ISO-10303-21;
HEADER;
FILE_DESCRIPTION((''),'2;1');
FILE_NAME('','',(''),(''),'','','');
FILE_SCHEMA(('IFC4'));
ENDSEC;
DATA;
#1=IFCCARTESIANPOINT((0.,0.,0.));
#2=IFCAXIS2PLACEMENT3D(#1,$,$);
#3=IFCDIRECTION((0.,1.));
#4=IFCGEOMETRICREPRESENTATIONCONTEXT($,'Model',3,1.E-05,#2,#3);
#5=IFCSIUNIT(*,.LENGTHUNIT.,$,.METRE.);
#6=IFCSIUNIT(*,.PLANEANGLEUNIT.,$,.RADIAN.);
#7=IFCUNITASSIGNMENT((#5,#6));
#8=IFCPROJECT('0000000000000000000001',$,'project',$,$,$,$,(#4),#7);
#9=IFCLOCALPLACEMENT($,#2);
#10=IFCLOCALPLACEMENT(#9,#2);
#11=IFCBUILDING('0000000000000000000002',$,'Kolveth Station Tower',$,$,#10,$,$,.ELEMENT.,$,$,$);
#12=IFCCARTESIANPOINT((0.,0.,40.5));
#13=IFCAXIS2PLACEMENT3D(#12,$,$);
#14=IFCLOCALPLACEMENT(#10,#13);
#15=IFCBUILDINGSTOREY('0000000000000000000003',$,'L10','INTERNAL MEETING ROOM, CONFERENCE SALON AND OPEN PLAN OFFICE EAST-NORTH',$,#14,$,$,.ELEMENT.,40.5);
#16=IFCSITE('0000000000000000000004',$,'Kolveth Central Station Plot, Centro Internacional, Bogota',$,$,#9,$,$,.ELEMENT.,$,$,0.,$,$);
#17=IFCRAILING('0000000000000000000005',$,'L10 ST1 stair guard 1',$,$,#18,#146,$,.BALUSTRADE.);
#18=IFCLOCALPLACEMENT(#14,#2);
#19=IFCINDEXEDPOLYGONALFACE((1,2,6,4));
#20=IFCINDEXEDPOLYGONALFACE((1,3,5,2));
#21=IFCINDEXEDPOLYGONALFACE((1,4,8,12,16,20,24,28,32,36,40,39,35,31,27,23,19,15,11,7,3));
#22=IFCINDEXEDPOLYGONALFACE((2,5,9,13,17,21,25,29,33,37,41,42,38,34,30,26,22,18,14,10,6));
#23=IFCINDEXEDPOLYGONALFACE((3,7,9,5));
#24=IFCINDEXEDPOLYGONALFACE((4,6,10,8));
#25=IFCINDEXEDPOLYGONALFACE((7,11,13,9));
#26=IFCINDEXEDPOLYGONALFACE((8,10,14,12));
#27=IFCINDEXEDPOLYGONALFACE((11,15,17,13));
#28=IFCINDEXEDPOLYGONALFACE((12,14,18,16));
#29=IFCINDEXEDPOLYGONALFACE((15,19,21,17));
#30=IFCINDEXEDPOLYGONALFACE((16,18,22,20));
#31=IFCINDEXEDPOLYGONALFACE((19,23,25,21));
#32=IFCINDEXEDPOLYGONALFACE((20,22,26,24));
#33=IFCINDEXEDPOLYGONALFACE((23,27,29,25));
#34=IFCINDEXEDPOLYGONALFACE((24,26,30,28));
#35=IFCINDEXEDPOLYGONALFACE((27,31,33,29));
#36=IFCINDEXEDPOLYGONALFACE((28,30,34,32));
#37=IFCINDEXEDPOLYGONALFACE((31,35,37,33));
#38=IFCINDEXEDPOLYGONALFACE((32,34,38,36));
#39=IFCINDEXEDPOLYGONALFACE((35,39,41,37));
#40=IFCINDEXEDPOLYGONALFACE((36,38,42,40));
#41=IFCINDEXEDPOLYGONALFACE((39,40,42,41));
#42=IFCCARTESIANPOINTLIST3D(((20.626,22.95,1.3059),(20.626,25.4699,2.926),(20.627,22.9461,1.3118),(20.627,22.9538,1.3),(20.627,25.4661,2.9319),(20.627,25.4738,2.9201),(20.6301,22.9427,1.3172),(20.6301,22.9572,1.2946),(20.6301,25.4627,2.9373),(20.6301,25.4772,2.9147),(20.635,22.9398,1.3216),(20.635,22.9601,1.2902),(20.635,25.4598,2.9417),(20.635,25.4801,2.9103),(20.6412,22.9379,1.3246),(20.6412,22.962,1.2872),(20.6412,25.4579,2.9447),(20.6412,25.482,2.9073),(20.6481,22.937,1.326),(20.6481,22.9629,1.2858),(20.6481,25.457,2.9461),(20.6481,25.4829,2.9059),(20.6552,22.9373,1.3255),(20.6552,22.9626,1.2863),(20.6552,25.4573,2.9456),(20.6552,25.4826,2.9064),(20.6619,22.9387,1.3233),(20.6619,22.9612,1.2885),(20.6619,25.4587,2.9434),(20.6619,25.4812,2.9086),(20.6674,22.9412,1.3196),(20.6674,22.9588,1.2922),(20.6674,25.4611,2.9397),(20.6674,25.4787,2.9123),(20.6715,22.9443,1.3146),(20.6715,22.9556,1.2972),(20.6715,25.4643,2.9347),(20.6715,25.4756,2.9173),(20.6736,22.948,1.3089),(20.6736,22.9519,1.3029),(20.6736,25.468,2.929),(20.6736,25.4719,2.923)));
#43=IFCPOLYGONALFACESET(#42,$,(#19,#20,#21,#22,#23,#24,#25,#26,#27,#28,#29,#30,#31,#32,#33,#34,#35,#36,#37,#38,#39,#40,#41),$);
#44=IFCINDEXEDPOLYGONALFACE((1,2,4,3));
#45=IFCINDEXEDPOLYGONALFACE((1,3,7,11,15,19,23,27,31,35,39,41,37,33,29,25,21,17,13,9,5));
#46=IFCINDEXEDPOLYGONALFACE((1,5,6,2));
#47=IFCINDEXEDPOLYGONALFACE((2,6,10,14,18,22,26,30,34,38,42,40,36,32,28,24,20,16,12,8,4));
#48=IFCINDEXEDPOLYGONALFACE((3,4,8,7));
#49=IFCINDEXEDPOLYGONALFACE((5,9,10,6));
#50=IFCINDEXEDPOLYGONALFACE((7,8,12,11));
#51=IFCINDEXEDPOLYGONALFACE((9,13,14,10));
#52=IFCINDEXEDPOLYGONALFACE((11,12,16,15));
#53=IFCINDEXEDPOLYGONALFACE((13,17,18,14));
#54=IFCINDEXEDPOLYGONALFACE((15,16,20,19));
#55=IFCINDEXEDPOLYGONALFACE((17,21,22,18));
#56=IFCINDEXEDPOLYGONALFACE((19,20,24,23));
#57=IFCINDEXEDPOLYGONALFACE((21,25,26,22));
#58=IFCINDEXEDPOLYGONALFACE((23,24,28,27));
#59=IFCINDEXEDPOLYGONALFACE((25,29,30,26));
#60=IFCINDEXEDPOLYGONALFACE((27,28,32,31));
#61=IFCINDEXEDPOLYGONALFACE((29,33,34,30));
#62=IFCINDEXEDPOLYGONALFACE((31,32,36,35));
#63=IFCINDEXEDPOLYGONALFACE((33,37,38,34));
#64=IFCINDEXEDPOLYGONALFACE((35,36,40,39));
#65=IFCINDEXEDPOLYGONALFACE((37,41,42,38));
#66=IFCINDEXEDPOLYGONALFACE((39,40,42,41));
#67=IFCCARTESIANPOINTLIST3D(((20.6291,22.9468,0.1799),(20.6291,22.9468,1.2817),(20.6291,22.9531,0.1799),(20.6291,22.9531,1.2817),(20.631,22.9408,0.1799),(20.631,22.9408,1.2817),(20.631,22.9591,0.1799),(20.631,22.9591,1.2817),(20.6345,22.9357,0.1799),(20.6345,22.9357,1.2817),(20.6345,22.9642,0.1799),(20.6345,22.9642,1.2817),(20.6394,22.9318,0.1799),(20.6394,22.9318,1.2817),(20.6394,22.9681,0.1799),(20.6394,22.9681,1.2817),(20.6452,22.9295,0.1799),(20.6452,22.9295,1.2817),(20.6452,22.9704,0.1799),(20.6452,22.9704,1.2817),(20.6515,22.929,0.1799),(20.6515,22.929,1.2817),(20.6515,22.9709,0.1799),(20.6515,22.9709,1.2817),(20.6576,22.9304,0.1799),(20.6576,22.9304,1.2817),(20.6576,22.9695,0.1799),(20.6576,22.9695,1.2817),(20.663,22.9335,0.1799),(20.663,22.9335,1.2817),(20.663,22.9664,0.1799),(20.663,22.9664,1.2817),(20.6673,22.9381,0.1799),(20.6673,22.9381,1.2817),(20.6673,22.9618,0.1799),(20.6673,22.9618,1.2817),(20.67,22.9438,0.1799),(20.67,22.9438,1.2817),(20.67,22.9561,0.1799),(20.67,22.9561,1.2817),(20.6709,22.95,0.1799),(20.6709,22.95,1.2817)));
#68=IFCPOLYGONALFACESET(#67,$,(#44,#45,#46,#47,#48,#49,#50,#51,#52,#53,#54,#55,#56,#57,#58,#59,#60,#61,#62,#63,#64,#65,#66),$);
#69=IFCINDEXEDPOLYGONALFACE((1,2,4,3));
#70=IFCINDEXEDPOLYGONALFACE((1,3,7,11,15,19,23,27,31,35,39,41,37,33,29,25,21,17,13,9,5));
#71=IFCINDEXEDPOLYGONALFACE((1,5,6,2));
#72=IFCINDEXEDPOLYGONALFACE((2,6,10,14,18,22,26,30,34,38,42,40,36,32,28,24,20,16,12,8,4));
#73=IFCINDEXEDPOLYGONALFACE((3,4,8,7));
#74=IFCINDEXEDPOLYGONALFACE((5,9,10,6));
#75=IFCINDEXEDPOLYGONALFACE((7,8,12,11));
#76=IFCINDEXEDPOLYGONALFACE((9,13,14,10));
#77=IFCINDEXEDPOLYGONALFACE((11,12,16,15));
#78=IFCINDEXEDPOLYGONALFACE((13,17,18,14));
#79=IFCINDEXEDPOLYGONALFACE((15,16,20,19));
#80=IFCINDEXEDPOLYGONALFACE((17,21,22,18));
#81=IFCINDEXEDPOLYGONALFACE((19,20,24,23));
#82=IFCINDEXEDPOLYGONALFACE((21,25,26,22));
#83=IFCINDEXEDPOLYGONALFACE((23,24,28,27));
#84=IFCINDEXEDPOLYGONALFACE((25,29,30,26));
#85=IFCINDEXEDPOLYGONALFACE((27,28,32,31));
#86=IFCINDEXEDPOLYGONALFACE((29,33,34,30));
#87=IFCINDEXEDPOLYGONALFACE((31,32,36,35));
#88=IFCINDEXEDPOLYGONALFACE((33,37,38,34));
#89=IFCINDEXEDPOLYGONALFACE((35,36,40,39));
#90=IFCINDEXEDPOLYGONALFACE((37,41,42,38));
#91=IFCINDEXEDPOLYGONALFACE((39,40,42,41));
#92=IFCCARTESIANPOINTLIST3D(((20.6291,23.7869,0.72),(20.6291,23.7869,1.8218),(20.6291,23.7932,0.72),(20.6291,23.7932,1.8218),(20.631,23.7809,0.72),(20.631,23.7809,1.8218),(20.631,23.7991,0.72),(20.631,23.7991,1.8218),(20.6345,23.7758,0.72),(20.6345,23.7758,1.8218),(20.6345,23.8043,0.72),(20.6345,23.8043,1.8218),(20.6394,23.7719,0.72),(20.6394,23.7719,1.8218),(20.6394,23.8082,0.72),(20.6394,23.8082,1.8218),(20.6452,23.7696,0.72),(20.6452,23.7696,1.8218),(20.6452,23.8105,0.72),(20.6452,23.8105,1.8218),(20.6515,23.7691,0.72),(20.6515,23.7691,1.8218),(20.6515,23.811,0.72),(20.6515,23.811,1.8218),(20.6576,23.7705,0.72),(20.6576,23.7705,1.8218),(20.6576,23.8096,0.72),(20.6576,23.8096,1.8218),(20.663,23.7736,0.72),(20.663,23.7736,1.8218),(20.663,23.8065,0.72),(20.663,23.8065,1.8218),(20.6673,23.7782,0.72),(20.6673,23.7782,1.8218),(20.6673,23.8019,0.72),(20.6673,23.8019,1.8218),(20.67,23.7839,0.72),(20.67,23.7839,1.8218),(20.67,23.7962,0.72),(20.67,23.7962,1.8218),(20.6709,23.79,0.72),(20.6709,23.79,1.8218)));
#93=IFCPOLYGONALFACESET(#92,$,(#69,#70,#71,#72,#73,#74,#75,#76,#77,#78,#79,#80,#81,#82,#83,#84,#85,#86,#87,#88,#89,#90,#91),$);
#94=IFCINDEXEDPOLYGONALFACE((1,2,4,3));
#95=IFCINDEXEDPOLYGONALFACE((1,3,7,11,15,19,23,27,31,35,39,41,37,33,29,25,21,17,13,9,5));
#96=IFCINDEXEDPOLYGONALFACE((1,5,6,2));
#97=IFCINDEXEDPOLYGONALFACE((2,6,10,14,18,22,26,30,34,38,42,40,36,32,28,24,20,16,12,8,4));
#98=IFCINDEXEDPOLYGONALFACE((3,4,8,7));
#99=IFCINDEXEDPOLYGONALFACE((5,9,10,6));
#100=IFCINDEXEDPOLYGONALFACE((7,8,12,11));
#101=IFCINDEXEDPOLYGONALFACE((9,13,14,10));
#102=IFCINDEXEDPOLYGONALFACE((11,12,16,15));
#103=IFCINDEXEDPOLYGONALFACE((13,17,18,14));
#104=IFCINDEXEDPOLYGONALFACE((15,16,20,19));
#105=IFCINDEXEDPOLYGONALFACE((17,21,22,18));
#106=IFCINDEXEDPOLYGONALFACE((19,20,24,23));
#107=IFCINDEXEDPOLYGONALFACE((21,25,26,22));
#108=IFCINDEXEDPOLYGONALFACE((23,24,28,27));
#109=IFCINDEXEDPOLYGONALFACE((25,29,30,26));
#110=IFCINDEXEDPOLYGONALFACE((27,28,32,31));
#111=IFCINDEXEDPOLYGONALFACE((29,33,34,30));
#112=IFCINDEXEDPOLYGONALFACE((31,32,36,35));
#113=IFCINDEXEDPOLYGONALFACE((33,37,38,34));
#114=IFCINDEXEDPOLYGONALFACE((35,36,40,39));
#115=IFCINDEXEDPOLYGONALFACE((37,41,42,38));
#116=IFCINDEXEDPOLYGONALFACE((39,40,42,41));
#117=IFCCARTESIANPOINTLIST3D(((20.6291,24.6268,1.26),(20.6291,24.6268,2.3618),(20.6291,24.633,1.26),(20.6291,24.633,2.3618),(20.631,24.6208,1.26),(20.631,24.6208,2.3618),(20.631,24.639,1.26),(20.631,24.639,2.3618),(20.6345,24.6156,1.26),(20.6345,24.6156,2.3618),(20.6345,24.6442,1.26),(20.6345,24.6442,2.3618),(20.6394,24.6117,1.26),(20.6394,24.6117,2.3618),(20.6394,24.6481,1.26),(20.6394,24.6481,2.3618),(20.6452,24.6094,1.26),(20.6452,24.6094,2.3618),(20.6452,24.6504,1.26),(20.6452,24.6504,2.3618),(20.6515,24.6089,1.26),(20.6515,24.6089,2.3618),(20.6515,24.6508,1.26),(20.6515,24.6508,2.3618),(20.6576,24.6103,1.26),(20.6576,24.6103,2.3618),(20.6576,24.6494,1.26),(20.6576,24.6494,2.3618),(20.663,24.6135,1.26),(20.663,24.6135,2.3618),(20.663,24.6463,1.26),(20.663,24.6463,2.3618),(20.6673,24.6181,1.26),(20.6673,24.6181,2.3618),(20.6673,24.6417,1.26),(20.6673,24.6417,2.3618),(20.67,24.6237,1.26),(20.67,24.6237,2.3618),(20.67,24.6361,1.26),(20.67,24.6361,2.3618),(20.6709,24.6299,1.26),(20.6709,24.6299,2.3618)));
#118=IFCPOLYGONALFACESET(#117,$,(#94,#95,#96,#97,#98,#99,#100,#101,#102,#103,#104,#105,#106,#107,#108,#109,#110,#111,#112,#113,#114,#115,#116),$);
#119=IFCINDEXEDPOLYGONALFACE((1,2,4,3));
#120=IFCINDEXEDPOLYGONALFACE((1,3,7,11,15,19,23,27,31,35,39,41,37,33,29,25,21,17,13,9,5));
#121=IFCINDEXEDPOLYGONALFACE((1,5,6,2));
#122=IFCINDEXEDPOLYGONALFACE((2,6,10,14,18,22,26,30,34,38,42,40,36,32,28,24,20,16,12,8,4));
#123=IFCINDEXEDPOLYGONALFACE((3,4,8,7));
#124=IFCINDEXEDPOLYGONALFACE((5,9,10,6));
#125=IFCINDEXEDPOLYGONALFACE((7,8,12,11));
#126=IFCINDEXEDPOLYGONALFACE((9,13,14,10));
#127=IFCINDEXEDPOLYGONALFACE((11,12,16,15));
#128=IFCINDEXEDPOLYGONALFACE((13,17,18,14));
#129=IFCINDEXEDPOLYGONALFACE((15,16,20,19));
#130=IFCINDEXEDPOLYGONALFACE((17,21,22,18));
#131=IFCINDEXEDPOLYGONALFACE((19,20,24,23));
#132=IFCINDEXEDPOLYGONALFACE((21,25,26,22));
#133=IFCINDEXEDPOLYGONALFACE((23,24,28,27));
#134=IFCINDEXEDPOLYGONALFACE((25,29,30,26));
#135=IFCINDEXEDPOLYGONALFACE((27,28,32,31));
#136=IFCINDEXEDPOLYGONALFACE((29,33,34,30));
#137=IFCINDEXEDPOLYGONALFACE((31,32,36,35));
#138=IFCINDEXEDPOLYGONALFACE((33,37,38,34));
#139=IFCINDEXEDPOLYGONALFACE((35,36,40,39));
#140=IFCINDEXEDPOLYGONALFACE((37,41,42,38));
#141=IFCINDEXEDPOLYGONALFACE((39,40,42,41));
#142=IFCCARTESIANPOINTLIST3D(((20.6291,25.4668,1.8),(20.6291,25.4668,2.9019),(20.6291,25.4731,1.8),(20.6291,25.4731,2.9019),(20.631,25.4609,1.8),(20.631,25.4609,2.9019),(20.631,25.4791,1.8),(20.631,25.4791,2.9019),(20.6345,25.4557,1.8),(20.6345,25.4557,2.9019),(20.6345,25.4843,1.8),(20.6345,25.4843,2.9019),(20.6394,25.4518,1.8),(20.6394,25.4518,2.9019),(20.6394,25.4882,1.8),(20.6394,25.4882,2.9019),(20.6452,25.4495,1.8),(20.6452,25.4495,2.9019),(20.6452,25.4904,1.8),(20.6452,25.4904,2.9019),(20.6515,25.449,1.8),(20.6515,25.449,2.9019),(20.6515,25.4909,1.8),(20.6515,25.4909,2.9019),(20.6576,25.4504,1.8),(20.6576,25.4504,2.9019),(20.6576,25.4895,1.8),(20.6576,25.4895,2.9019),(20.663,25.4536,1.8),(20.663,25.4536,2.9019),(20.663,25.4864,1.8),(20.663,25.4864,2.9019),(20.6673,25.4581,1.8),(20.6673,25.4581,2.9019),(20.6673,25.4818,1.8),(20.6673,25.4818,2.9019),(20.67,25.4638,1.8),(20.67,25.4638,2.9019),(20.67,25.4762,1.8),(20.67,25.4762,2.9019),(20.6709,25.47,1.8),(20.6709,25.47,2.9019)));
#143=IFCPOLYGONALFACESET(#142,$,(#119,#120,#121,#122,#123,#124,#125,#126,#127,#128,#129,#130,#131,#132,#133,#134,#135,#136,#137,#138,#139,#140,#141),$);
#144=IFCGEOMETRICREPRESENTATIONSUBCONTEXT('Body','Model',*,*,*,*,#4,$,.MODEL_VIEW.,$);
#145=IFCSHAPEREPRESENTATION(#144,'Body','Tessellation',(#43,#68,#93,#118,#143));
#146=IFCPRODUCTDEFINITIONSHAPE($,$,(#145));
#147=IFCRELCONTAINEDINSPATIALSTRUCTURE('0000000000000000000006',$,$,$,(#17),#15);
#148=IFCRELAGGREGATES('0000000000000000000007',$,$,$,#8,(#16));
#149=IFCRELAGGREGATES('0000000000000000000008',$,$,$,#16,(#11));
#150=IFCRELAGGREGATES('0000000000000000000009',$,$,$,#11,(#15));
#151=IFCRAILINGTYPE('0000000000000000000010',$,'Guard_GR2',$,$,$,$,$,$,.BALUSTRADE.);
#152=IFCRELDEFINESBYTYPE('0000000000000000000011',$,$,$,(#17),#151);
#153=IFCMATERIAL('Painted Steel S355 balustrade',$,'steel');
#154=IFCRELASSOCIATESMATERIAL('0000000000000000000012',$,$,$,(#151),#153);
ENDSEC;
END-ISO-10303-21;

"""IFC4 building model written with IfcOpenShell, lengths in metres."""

from ifc_helpers import new_model, si_unit, direction, frame, origin, origin_2d, place, context, subcontext, project, spatial, circle, extrude, material, type_object, element, save


model = new_model("IFC4")

# Units and contexts
model_context = context("Model", 3, precision=1e-05, world=origin(), true_north=direction((0.0, 1.0)))
body_context = subcontext(model_context, "Body", "Model", "MODEL_VIEW")
ifc_project = project(units=[si_unit("LENGTHUNIT", "METRE"), si_unit("PLANEANGLEUNIT", "RADIAN")], contexts=[model_context])

# Site, building, storey
site_placement = place(None, origin())
site = spatial("IfcSite", under=ifc_project, at=site_placement, Name="Kolveth Central Station Plot, Centro Internacional, Bogota", CompositionType="ELEMENT", RefElevation=0.0)
building_placement = place(site_placement, origin())
building = spatial("IfcBuilding", under=site, at=building_placement, Name="Kolveth Station Tower", CompositionType="ELEMENT")
storey_placement = place(building_placement, frame((0.0, 0.0, 40.5)))
storey = spatial("IfcBuildingStorey", under=building, at=storey_placement, Name="L10", Description="INTERNAL MEETING ROOM, CONFERENCE SALON AND OPEN PLAN OFFICE EAST-NORTH", CompositionType="ELEMENT", Elevation=40.5)

# Railing
ifc_material_1 = material(Name="Painted Steel S355 balustrade", Category="steel")
railing_type_1 = type_object("IfcRailingType", Name="Guard_GR2", PredefinedType="BALUSTRADE", material=ifc_material_1)
railing_1_placement = place(storey_placement, frame((20.6499, 22.95, 0.1799)))
element("IfcRailing", 1, at=railing_1_placement, inside=storey, type_object=railing_type_1, Name="L10 ST1 stair guard 1", PredefinedType="BALUSTRADE", context=body_context, shape_type="SweptSolid", body=[
    extrude(circle(Radius=0.0239, at=origin_2d()), frame((0.0, 0.0, 1.126), z_axis=(0.0, 0.841163, 0.540782), x_axis=(-1.0, 0.0, 0.0)), (0.0, 0.0, 1.0), 2.9958),
    extrude(circle(Radius=0.021, at=origin_2d()), origin(), (0.0, 0.0, 1.0), 1.1018),
    extrude(circle(Radius=0.021, at=origin_2d()), frame((0.0, 0.8401, 0.54)), (0.0, 0.0, 1.0), 1.1018),
    extrude(circle(Radius=0.021, at=origin_2d()), frame((0.0, 1.6799, 1.0801)), (0.0, 0.0, 1.0), 1.1018),
    extrude(circle(Radius=0.021, at=origin_2d()), frame((0.0, 2.52, 1.6201)), (0.0, 0.0, 1.0), 1.1018),
])

save(model, "model.ifc")
